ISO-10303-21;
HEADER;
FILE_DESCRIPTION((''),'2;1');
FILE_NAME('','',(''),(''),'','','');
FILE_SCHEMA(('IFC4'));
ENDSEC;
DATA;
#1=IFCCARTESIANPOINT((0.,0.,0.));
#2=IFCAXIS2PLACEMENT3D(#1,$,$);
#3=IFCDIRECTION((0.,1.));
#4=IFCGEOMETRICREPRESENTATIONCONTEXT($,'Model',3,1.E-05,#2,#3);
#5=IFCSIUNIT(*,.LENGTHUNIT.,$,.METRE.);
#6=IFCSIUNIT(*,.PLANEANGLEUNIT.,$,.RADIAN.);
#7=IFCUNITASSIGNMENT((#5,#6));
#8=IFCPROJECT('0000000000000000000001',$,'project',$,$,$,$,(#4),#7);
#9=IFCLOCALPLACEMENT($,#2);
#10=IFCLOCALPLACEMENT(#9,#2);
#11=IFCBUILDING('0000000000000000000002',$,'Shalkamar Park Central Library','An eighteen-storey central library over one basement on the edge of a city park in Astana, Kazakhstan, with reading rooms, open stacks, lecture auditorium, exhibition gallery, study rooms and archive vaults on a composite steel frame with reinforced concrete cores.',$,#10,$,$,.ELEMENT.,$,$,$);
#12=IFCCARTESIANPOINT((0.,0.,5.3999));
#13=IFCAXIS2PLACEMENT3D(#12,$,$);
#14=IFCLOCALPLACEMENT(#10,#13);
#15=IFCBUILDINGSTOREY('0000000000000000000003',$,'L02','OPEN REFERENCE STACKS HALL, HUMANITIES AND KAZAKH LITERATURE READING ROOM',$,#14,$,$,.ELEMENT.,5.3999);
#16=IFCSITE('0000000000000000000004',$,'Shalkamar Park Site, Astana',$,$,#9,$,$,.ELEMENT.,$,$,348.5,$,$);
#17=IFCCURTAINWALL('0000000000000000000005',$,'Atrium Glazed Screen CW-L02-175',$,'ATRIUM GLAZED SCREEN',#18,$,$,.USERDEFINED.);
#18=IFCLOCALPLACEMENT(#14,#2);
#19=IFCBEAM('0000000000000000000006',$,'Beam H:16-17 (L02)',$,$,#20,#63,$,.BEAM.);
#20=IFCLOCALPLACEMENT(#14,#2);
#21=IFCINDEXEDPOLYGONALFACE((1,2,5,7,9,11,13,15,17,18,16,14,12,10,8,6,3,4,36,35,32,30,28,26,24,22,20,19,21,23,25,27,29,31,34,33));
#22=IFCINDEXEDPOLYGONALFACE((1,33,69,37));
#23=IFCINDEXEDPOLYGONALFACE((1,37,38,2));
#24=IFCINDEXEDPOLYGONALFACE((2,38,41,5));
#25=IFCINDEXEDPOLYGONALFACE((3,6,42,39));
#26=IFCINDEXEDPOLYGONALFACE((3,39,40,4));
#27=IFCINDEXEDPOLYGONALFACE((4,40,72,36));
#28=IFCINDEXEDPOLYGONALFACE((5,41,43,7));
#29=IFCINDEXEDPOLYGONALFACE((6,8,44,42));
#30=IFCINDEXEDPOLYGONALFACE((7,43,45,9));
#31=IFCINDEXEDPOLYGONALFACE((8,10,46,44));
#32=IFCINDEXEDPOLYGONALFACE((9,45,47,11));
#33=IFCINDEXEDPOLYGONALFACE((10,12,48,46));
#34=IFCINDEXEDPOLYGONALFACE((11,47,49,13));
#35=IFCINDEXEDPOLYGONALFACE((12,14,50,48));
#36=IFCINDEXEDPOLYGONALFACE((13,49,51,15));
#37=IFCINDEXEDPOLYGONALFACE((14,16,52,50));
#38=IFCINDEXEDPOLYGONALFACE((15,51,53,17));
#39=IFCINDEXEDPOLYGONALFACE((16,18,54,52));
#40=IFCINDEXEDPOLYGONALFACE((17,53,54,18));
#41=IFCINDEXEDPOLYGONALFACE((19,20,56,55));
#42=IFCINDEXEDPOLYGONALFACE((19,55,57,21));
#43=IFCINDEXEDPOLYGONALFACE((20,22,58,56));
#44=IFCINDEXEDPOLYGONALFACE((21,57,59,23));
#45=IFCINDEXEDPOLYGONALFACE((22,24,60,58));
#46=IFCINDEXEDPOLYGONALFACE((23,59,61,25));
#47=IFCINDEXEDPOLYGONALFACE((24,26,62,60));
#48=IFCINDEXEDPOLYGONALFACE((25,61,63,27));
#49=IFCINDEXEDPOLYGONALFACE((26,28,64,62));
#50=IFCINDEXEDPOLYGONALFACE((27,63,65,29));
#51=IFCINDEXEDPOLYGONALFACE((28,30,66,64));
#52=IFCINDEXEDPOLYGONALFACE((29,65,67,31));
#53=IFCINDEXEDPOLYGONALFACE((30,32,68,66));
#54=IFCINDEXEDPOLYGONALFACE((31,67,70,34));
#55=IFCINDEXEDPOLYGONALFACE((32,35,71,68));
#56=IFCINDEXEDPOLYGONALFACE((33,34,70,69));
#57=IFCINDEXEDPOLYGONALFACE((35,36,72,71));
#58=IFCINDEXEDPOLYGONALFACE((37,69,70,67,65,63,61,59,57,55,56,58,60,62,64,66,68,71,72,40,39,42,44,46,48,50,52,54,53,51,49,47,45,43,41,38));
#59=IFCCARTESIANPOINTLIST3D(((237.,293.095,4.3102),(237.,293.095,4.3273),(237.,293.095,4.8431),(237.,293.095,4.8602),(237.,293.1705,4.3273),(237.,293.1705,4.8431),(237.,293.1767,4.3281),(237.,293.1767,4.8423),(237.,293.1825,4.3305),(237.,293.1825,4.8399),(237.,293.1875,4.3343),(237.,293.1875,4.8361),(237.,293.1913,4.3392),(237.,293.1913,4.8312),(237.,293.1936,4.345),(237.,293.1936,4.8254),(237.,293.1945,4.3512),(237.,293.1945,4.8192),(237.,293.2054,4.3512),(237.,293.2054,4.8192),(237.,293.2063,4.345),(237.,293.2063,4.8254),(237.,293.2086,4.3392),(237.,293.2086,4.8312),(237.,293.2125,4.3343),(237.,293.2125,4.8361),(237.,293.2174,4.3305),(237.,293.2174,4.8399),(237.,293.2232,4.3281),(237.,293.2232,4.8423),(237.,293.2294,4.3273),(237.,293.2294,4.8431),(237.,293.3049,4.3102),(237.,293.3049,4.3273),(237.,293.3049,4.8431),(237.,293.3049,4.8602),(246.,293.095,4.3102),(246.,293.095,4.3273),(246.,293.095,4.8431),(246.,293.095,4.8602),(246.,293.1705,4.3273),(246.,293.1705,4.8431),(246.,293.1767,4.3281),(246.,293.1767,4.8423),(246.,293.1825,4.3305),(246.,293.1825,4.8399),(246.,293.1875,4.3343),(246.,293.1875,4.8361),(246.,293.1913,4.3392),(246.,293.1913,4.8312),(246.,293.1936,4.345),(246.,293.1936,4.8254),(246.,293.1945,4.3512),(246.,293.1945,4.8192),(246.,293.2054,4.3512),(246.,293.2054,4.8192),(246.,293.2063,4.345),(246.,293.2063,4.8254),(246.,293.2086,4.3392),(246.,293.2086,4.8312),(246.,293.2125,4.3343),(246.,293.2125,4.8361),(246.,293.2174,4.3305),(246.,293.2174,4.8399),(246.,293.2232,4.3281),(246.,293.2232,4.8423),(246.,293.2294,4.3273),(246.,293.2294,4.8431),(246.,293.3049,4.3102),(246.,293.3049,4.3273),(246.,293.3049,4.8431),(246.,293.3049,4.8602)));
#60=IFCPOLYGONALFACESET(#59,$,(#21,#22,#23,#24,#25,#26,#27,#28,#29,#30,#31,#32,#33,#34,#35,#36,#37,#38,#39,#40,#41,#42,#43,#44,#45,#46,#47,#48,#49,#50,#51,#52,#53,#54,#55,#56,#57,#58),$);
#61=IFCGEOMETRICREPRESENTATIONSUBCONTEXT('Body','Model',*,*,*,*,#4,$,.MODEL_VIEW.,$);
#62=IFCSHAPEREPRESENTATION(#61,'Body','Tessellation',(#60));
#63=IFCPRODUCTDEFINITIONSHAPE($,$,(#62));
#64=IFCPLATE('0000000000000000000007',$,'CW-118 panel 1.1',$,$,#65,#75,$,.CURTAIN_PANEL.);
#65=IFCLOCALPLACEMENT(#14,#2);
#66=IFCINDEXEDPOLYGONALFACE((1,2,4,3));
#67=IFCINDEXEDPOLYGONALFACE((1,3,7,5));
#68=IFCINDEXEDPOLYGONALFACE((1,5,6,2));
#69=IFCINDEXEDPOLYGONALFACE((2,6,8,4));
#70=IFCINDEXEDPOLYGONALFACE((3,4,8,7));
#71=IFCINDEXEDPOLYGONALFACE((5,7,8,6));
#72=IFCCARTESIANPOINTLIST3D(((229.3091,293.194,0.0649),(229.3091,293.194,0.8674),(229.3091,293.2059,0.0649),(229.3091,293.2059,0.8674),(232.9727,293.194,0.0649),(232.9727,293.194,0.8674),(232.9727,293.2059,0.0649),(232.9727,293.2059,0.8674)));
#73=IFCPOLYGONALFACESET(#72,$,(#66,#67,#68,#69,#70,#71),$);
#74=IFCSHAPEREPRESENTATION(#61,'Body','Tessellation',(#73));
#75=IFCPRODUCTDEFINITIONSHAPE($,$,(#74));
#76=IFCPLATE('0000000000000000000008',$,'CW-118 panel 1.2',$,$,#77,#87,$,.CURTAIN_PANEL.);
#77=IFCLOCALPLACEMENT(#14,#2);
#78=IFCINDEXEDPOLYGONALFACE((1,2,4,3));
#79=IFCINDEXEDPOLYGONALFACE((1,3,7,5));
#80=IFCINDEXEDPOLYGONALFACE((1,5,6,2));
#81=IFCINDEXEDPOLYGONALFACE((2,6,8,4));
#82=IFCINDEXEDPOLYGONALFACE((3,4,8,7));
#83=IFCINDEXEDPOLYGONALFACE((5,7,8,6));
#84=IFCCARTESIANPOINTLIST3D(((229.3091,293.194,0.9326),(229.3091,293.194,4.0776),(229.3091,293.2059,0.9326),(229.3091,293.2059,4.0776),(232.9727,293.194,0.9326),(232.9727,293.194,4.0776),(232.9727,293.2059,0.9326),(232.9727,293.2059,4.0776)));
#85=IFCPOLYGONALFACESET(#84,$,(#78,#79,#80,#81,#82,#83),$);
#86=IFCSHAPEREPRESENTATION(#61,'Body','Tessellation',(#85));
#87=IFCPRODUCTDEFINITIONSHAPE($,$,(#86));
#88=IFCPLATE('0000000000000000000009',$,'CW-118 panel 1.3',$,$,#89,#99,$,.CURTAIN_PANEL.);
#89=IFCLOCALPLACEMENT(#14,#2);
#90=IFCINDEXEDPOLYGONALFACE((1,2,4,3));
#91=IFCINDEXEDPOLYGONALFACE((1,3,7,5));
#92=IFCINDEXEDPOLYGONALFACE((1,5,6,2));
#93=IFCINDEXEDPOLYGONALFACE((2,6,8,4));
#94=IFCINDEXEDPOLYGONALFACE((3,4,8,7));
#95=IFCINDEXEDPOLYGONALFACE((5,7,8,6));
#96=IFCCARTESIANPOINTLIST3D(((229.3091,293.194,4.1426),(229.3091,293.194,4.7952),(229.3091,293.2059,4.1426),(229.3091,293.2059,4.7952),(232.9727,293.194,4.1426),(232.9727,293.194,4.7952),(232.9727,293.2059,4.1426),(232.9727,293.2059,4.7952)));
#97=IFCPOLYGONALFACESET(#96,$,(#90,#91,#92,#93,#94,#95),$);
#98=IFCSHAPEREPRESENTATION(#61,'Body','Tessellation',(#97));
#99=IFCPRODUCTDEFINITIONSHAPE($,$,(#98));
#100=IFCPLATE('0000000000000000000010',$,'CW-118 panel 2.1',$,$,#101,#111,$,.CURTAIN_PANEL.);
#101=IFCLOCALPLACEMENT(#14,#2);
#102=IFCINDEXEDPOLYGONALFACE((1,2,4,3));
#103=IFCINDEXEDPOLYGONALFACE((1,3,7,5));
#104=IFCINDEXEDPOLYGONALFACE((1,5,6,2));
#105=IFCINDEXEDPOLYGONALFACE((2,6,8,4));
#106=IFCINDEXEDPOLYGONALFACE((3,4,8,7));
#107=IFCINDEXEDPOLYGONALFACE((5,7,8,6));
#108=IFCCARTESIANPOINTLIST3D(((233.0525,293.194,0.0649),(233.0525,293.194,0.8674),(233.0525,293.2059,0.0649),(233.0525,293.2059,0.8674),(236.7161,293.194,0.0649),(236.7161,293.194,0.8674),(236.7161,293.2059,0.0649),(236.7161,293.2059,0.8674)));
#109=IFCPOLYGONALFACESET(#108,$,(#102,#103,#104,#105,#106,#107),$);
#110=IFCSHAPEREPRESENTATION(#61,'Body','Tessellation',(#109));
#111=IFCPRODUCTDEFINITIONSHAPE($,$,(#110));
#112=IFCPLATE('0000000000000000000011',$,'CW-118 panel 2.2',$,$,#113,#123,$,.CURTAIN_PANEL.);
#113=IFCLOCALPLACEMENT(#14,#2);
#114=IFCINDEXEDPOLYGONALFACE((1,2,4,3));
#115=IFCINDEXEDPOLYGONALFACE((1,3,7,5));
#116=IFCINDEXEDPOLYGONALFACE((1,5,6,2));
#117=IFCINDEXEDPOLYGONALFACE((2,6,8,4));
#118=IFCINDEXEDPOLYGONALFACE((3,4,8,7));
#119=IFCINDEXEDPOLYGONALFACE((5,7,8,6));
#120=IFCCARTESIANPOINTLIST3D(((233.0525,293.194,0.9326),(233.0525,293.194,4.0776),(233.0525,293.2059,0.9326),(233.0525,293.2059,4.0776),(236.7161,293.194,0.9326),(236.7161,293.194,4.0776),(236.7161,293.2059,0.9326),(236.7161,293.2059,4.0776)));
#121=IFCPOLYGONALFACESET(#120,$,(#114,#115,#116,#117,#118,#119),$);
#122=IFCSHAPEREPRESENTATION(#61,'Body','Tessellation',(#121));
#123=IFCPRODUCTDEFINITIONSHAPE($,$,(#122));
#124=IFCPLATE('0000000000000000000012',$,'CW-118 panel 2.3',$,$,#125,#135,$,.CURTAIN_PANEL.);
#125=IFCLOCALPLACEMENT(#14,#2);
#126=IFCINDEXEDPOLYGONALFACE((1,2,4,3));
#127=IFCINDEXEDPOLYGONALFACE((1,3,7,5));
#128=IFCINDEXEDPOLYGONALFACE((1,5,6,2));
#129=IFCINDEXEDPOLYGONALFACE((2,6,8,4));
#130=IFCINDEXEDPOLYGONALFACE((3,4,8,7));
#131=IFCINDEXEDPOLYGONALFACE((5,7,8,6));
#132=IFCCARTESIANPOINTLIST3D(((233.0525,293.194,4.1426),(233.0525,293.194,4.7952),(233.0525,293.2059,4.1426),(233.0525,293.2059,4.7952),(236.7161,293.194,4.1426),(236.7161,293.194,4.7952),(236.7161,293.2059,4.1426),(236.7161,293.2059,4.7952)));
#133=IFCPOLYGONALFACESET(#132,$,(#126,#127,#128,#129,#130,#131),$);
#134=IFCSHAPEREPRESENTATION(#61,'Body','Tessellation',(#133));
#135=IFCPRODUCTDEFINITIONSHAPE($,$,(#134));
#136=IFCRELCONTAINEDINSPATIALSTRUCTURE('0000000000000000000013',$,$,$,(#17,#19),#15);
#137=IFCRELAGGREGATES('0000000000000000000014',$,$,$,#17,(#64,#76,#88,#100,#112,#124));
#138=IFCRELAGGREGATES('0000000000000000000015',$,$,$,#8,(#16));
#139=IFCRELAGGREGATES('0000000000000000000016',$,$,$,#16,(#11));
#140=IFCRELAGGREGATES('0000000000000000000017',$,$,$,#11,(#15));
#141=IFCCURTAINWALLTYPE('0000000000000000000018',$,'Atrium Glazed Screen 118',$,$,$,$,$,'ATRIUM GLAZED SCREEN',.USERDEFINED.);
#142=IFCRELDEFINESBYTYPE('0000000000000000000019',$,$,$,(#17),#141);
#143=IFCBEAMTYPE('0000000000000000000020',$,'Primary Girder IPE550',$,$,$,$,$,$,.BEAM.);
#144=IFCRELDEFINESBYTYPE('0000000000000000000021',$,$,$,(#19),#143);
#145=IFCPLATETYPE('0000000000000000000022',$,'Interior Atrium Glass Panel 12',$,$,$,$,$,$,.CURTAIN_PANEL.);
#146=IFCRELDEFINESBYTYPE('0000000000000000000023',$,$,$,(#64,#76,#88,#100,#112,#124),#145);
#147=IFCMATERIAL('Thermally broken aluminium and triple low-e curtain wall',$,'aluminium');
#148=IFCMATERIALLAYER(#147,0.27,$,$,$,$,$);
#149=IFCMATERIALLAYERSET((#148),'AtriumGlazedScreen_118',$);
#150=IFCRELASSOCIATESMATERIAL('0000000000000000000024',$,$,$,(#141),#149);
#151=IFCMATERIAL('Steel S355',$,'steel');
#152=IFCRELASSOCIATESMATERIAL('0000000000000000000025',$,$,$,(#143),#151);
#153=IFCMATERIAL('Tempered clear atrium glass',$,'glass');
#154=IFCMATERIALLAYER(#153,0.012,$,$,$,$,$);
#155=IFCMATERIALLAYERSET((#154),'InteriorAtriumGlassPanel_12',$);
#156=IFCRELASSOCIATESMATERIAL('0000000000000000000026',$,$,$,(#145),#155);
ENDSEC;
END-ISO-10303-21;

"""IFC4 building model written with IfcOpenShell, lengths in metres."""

from ifc_helpers import new_model, si_unit, direction, frame, origin, origin_2d, place, context, subcontext, project, spatial, rectangle, i_section, extrude, material, layer, layer_set, material_profile, profile_set, type_object, element, aggregate, save


model = new_model("IFC4")

# Units and contexts
model_context = context("Model", 3, precision=1e-05, world=origin(), true_north=direction((0.0, 1.0)))
body_context = subcontext(model_context, "Body", "Model", "MODEL_VIEW")
ifc_project = project(units=[si_unit("LENGTHUNIT", "METRE"), si_unit("PLANEANGLEUNIT", "RADIAN")], contexts=[model_context])

# Site, building, storey
site_placement = place(None, origin())
site = spatial("IfcSite", under=ifc_project, at=site_placement, Name="Shalkamar Park Site, Astana", CompositionType="ELEMENT", RefElevation=348.5)
building_placement = place(site_placement, origin())
building = spatial("IfcBuilding", under=site, at=building_placement, Name="Shalkamar Park Central Library", Description="An eighteen-storey central library over one basement on the edge of a city park in Astana, Kazakhstan, with reading rooms, open stacks, lecture auditorium, exhibition gallery, study rooms and archive vaults on a composite steel frame with reinforced concrete cores.", CompositionType="ELEMENT")
storey_placement = place(building_placement, frame((0.0, 0.0, 5.3999)))
storey = spatial("IfcBuildingStorey", under=building, at=storey_placement, Name="L02", Description="OPEN REFERENCE STACKS HALL, HUMANITIES AND KAZAKH LITERATURE READING ROOM", CompositionType="ELEMENT", Elevation=5.3999)

# Shared definitions
ifc_material_1 = material(Name="Steel S355", Category="steel")

# Curtain wall
ifc_material_2 = material(Name="Thermally broken aluminium and triple low-e curtain wall", Category="aluminium")
ifc_layer_1 = layer(ifc_material_2, 0.27)
ifc_layer_set_1 = layer_set([ifc_layer_1], Name="AtriumGlazedScreen_118")
curtain_wall_type = type_object("IfcCurtainWallType", Name="Atrium Glazed Screen 118", ElementType="ATRIUM GLAZED SCREEN", PredefinedType="USERDEFINED", material=ifc_layer_set_1)
curtain_wall_placement = place(storey_placement, origin())
curtain_wall = element("IfcCurtainWall", 1, at=curtain_wall_placement, inside=storey, type_object=curtain_wall_type, Name="Atrium Glazed Screen CW-L02-175", ObjectType="ATRIUM GLAZED SCREEN", PredefinedType="USERDEFINED")

# Beam
ifc_material_profile_1 = material_profile(ifc_material_1, i_section(OverallWidth=0.21, OverallDepth=0.55, WebThickness=0.011, FlangeThickness=0.0171, FilletRadius=0.0239, at=origin_2d()), Name="IPE 550")
ifc_profile_set_1 = profile_set([ifc_material_profile_1], Name="Steel S355")
beam_type_1 = type_object("IfcBeamType", Name="Primary Girder IPE550", PredefinedType="BEAM", material=ifc_profile_set_1)
beam_1_placement = place(storey_placement, frame((237.0, 293.2, 4.5852), z_axis=(1.0, 0.0, 0.0), x_axis=(0.0, 1.0, 0.0)))
element("IfcBeam", 2, at=beam_1_placement, inside=storey, type_object=beam_type_1, Name="Beam H:16-17 (L02)", PredefinedType="BEAM", context=body_context, shape_type="SweptSolid", body=[
    extrude(i_section(OverallWidth=0.21, OverallDepth=0.55, WebThickness=0.011, FlangeThickness=0.0171, FilletRadius=0.0239, at=origin_2d()), origin(), (0.0, 0.0, 1.0), 9.0),
])

# Plates
ifc_material_3 = material(Name="Tempered clear atrium glass", Category="glass")
ifc_layer_2 = layer(ifc_material_3, 0.012)
ifc_layer_set_2 = layer_set([ifc_layer_2], Name="InteriorAtriumGlassPanel_12")
plate_type = type_object("IfcPlateType", Name="Interior Atrium Glass Panel 12", PredefinedType="CURTAIN_PANEL", material=ifc_layer_set_2)
plate_1_placement = place(storey_placement, frame((231.1409, 293.2, 0.0649), z_axis=(0.0, 0.0, 1.0), x_axis=(1.0, 0.0, 0.0)))
plate_1 = element("IfcPlate", 3, at=plate_1_placement, type_object=plate_type, Name="CW-118 panel 1.1", PredefinedType="CURTAIN_PANEL", context=body_context, shape_type="SweptSolid", body=[
    extrude(rectangle(XDim=3.6636, YDim=0.012, at=origin_2d()), origin(), (0.0, 0.0, 1.0), 0.8025),
])
plate_2_placement = place(storey_placement, frame((231.1409, 293.2, 0.9326), z_axis=(0.0, 0.0, 1.0), x_axis=(1.0, 0.0, 0.0)))
plate_2 = element("IfcPlate", 4, at=plate_2_placement, type_object=plate_type, Name="CW-118 panel 1.2", PredefinedType="CURTAIN_PANEL", context=body_context, shape_type="SweptSolid", body=[
    extrude(rectangle(XDim=3.6636, YDim=0.012, at=origin_2d()), origin(), (0.0, 0.0, 1.0), 3.145),
])
plate_3_placement = place(storey_placement, frame((231.1409, 293.2, 4.1426), z_axis=(0.0, 0.0, 1.0), x_axis=(1.0, 0.0, 0.0)))
plate_3 = element("IfcPlate", 5, at=plate_3_placement, type_object=plate_type, Name="CW-118 panel 1.3", PredefinedType="CURTAIN_PANEL", context=body_context, shape_type="SweptSolid", body=[
    extrude(rectangle(XDim=3.6636, YDim=0.012, at=origin_2d()), origin(), (0.0, 0.0, 1.0), 0.6526),
])
plate_4_placement = place(storey_placement, frame((234.8843, 293.2, 0.0649), z_axis=(0.0, 0.0, 1.0), x_axis=(1.0, 0.0, 0.0)))
plate_4 = element("IfcPlate", 6, at=plate_4_placement, type_object=plate_type, Name="CW-118 panel 2.1", PredefinedType="CURTAIN_PANEL", context=body_context, shape_type="SweptSolid", body=[
    extrude(rectangle(XDim=3.6636, YDim=0.012, at=origin_2d()), origin(), (0.0, 0.0, 1.0), 0.8025),
])
plate_5_placement = place(storey_placement, frame((234.8843, 293.2, 0.9326), z_axis=(0.0, 0.0, 1.0), x_axis=(1.0, 0.0, 0.0)))
plate_5 = element("IfcPlate", 7, at=plate_5_placement, type_object=plate_type, Name="CW-118 panel 2.2", PredefinedType="CURTAIN_PANEL", context=body_context, shape_type="SweptSolid", body=[
    extrude(rectangle(XDim=3.6636, YDim=0.012, at=origin_2d()), origin(), (0.0, 0.0, 1.0), 3.145),
])
plate_6_placement = place(storey_placement, frame((234.8843, 293.2, 4.1426), z_axis=(0.0, 0.0, 1.0), x_axis=(1.0, 0.0, 0.0)))
plate_6 = element("IfcPlate", 8, at=plate_6_placement, type_object=plate_type, Name="CW-118 panel 2.3", PredefinedType="CURTAIN_PANEL", context=body_context, shape_type="SweptSolid", body=[
    extrude(rectangle(XDim=3.6636, YDim=0.012, at=origin_2d()), origin(), (0.0, 0.0, 1.0), 0.6526),
])
aggregate(curtain_wall, [plate_1, plate_2, plate_3, plate_4, plate_5, plate_6])

save(model, "model.ifc")
